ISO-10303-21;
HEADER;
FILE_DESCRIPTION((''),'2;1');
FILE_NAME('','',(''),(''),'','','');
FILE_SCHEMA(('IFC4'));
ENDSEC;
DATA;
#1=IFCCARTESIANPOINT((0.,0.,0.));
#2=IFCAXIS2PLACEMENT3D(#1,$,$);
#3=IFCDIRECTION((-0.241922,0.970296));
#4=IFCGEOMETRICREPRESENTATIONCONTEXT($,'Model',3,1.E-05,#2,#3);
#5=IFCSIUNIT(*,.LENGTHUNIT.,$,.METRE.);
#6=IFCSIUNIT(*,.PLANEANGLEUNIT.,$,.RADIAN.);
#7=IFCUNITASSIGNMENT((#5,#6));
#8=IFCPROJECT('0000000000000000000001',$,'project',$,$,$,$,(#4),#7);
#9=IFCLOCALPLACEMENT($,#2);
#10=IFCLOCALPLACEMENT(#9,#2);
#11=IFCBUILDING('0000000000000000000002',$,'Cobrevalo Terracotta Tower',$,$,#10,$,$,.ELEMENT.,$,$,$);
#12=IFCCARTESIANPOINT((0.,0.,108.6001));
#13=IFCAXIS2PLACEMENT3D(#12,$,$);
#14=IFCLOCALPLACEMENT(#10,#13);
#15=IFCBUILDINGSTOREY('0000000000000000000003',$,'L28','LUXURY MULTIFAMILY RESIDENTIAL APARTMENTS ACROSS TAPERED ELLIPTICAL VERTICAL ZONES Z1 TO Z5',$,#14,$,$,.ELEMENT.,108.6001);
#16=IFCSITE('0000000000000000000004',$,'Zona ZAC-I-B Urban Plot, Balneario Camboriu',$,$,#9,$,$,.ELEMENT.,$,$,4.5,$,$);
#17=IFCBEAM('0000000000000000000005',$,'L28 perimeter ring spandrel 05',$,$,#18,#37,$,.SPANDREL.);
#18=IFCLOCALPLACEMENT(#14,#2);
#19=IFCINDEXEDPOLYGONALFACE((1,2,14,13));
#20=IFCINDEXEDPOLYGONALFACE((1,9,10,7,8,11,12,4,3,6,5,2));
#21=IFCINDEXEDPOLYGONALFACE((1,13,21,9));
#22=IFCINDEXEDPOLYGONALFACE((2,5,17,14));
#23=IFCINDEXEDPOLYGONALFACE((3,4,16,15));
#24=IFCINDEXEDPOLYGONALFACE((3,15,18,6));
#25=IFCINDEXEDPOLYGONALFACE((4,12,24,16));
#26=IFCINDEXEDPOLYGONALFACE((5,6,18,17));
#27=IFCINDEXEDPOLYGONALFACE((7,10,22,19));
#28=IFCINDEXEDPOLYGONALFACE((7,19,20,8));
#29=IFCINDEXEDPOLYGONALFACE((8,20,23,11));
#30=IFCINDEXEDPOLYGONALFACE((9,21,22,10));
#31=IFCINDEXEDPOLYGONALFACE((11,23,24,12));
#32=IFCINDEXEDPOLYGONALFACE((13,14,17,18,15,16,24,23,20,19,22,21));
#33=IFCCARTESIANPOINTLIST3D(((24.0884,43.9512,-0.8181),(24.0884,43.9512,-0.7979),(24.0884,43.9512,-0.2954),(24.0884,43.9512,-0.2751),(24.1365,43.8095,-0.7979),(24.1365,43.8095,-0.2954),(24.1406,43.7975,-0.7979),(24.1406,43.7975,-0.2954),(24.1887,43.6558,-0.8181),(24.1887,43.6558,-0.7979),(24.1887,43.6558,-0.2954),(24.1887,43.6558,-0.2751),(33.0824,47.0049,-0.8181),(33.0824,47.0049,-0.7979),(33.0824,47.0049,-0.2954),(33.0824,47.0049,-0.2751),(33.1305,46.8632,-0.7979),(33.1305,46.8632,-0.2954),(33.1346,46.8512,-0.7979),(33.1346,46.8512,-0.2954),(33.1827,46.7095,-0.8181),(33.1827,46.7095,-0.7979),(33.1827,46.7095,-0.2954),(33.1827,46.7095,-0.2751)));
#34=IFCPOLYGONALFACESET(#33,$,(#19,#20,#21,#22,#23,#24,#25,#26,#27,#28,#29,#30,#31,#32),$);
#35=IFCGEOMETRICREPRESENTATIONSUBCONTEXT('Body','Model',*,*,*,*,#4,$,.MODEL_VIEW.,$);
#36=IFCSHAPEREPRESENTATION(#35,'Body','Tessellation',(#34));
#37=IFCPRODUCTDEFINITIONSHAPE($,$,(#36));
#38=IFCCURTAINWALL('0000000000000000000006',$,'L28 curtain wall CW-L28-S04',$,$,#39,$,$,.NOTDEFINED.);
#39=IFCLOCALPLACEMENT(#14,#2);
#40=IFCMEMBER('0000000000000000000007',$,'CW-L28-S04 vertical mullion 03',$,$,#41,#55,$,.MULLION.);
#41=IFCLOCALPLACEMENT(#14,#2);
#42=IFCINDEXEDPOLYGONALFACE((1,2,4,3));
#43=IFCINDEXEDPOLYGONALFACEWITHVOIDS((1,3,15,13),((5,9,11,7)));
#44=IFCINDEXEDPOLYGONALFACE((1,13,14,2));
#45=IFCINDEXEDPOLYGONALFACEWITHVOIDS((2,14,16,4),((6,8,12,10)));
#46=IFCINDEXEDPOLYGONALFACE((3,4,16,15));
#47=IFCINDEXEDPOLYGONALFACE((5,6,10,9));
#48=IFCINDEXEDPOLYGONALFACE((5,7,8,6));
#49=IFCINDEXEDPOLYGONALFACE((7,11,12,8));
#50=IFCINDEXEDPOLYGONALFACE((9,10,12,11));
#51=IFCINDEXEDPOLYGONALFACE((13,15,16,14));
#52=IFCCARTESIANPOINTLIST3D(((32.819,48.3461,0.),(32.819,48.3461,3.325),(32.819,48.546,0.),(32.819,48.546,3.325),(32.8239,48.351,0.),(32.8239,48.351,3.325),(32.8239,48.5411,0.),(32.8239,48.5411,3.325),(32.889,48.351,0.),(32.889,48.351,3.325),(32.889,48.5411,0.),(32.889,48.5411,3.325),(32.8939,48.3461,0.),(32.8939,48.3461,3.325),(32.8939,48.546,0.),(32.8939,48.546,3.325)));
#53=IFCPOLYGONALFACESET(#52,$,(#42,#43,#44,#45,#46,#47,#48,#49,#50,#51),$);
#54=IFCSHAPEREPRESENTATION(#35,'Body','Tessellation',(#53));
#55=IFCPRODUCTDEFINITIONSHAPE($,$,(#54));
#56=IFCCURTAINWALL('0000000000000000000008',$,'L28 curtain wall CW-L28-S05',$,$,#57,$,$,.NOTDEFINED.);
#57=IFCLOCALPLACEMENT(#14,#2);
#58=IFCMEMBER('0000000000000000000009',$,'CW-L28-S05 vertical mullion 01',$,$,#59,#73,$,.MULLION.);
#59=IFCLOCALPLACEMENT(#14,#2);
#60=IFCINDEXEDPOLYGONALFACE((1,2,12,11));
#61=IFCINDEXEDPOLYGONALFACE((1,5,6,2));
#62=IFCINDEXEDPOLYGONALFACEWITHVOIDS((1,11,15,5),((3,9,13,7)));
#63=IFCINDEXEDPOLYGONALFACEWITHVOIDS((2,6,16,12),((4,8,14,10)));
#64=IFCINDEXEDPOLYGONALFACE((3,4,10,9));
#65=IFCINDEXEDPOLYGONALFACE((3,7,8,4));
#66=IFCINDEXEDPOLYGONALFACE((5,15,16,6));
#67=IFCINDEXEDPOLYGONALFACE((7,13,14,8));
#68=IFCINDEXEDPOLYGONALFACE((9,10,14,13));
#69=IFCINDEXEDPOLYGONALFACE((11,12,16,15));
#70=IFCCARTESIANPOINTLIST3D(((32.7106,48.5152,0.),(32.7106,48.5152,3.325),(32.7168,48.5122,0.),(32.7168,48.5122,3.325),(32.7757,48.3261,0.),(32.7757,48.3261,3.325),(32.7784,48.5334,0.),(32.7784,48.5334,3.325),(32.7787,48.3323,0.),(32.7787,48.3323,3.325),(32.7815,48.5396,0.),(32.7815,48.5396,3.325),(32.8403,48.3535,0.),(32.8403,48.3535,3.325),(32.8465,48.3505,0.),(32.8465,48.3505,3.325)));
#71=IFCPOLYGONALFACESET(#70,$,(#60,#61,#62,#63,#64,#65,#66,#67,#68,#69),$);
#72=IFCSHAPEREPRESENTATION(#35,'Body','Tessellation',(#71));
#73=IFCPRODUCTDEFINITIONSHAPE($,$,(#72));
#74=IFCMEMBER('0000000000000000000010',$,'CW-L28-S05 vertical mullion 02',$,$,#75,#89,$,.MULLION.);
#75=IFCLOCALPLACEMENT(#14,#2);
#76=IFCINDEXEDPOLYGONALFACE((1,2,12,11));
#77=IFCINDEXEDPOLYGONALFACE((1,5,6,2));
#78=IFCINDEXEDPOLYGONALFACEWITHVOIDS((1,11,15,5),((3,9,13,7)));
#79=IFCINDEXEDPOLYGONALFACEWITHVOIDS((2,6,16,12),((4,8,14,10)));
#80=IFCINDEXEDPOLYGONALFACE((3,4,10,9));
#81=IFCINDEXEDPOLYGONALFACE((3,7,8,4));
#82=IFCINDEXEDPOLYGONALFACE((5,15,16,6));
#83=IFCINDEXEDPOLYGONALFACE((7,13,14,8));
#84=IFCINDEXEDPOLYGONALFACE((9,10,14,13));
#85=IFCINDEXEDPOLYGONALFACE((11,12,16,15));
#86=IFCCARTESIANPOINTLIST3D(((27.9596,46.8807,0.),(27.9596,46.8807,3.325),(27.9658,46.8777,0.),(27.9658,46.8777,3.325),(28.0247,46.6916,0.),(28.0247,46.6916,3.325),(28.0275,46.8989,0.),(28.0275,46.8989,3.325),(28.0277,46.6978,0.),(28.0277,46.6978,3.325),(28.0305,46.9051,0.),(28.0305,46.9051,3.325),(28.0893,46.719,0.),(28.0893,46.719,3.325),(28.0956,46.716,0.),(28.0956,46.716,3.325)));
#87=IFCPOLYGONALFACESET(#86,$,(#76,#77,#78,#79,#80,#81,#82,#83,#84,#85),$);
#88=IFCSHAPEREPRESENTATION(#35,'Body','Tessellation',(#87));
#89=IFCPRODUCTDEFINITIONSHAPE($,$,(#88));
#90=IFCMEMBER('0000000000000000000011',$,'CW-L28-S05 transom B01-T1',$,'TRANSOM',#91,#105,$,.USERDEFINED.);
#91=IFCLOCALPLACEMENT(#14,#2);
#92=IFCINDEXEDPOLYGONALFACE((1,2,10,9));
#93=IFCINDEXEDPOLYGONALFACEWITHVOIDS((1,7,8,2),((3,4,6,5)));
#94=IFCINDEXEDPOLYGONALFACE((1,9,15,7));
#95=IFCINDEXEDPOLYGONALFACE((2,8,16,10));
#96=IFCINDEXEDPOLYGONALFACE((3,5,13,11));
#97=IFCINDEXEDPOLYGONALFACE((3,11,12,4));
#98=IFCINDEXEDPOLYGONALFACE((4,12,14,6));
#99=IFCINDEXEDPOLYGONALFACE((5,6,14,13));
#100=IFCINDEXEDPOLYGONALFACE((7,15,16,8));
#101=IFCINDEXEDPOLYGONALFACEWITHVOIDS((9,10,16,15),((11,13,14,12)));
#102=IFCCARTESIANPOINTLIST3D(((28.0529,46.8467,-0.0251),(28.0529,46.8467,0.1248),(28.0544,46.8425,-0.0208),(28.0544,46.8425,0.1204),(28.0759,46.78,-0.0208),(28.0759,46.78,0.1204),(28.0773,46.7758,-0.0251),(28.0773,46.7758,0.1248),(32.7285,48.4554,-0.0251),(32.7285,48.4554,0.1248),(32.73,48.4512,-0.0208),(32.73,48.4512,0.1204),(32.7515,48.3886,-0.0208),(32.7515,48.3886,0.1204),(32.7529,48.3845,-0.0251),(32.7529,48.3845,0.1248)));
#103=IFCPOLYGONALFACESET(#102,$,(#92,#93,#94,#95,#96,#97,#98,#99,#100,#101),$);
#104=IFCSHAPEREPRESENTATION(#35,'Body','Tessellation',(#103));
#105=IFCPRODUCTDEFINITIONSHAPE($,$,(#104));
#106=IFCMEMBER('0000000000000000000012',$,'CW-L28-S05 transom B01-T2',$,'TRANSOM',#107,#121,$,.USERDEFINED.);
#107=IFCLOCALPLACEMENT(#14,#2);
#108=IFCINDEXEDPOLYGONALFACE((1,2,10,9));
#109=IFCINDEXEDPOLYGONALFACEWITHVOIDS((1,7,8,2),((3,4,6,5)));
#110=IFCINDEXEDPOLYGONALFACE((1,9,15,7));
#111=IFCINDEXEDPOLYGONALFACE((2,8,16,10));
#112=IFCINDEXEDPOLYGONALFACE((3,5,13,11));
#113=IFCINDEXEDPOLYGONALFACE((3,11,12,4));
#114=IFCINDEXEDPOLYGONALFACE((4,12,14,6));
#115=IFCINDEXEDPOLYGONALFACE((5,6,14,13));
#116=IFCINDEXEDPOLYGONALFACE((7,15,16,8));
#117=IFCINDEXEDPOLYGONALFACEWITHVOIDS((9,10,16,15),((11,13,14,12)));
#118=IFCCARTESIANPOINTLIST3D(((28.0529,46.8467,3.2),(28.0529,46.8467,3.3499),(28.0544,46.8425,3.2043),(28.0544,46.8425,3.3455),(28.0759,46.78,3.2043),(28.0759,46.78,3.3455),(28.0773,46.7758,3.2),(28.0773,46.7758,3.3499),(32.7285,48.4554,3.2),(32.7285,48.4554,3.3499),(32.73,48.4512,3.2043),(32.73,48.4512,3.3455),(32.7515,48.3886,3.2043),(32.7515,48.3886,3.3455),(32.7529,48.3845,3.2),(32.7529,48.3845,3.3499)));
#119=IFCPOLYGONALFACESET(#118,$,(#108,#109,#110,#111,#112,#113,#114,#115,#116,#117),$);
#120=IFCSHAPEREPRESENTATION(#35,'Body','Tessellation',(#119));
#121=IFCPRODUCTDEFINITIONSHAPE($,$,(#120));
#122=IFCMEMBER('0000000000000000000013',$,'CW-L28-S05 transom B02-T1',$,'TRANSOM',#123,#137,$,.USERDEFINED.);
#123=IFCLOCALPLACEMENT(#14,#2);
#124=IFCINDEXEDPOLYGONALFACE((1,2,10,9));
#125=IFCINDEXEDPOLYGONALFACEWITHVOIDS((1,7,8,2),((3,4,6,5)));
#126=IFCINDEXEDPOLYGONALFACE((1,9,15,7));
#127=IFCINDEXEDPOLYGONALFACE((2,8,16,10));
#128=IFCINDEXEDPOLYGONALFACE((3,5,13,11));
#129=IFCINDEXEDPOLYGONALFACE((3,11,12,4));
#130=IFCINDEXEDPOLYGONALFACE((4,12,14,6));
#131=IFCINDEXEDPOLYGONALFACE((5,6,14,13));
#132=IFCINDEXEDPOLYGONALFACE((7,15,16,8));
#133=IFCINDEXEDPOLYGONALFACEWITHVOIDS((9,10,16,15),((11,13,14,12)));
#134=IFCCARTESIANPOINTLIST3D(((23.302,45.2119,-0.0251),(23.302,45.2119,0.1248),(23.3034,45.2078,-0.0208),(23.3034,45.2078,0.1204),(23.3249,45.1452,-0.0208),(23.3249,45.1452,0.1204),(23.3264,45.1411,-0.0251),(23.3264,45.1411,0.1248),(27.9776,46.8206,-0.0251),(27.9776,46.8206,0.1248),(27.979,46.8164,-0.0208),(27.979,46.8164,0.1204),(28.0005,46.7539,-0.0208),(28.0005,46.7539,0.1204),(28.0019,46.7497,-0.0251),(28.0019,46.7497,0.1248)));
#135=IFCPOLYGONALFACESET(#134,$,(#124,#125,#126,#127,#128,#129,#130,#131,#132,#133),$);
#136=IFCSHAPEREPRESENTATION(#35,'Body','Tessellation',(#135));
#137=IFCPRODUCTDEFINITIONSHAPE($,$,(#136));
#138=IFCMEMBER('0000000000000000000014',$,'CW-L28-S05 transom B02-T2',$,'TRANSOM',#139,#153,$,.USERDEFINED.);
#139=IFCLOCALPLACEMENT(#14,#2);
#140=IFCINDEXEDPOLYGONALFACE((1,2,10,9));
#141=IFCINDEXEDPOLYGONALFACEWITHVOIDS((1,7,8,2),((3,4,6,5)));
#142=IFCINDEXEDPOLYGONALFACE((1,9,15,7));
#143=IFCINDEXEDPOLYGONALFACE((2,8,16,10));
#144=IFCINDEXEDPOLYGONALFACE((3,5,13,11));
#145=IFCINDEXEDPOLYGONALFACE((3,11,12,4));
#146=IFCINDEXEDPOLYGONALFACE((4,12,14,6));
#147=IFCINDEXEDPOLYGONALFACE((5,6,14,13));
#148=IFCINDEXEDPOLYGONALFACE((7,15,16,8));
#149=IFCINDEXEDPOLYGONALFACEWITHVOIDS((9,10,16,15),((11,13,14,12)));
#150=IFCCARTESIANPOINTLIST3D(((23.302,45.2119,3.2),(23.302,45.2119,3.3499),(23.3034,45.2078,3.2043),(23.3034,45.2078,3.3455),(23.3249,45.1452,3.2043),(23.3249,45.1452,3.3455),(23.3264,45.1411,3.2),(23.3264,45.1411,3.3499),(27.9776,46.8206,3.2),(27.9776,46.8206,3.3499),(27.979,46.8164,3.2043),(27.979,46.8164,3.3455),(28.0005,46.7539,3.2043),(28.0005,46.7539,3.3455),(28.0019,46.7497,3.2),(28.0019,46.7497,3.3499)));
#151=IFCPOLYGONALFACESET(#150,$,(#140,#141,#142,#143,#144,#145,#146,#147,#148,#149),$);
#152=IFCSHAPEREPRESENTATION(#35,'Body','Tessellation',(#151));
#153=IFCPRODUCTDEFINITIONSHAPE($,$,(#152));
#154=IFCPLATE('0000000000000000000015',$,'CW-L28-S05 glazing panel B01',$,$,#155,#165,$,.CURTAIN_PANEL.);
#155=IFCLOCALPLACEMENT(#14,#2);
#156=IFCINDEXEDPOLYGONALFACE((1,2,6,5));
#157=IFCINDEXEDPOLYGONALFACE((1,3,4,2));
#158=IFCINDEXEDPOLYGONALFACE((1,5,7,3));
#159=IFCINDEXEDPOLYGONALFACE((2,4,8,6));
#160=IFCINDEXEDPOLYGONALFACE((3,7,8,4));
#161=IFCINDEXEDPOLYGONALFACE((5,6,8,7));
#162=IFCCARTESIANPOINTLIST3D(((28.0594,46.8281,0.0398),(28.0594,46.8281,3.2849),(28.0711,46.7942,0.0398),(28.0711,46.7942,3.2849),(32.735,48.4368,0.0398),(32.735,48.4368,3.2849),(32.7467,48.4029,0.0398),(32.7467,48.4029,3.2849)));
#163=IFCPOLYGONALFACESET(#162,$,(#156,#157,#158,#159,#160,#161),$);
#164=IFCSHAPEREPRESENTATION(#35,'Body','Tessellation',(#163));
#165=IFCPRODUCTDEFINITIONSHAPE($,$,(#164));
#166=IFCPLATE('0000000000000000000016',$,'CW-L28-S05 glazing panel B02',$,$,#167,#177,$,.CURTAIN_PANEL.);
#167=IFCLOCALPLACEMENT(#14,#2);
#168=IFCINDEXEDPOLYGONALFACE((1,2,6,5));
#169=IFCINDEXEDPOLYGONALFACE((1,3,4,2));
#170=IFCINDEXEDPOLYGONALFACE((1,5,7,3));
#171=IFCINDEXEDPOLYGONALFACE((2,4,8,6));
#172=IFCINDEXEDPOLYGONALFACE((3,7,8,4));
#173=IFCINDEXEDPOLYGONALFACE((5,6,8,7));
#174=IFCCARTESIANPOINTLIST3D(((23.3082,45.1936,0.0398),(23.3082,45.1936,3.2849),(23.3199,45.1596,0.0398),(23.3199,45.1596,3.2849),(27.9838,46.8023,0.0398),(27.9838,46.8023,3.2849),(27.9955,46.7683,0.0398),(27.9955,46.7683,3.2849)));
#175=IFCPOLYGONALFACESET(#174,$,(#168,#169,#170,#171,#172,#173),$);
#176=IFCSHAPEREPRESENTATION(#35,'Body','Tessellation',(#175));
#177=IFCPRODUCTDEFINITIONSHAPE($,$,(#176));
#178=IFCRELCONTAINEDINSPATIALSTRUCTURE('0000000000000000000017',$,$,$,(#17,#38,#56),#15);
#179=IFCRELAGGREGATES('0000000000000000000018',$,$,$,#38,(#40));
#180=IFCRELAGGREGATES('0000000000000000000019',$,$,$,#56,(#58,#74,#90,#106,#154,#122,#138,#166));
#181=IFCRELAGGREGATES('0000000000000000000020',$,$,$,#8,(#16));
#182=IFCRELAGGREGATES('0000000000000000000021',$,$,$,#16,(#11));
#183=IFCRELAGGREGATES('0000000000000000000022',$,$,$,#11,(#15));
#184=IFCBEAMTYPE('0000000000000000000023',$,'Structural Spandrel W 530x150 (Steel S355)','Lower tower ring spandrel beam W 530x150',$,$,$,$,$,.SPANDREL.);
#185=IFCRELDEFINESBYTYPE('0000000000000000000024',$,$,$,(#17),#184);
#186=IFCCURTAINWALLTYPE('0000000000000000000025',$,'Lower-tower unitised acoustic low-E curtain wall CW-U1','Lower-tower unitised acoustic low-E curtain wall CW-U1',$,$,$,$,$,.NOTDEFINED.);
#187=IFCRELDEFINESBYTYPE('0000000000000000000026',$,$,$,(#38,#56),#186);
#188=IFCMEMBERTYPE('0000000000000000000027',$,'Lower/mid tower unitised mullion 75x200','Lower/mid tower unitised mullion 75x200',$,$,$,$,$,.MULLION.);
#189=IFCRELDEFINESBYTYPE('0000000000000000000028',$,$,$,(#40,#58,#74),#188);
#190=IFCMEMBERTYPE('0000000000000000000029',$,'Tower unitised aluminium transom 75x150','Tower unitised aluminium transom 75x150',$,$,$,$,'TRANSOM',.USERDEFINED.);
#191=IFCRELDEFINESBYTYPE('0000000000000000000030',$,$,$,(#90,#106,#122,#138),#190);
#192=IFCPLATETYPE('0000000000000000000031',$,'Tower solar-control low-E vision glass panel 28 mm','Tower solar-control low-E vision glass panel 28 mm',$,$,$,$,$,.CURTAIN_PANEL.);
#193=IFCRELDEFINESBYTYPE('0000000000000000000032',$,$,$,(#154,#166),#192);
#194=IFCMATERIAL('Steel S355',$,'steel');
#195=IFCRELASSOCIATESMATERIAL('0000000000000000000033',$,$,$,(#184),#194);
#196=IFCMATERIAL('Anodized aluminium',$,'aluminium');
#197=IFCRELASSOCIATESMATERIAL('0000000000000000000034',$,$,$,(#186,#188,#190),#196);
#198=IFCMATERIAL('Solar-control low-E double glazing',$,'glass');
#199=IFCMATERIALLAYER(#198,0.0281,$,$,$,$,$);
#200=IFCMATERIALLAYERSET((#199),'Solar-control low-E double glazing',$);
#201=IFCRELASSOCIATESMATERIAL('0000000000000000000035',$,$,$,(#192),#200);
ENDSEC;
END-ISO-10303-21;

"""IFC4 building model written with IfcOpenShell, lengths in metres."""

from ifc_helpers import new_model, si_unit, direction, frame, origin, origin_2d, place, context, subcontext, project, spatial, rectangle, hollow_rectangle, i_section, extrude, source, transform, mapped, material, layer, layer_set, material_profile, profile_set, type_object, element, aggregate, save


model = new_model("IFC4")

# Units and contexts
model_context = context("Model", 3, precision=1e-05, world=origin(), true_north=direction((-0.241922, 0.970296)))
body_context = subcontext(model_context, "Body", "Model", "MODEL_VIEW")
ifc_project = project(units=[si_unit("LENGTHUNIT", "METRE"), si_unit("PLANEANGLEUNIT", "RADIAN")], contexts=[model_context])

# Site, building, storey
site_placement = place(None, origin())
site = spatial("IfcSite", under=ifc_project, at=site_placement, Name="Zona ZAC-I-B Urban Plot, Balneario Camboriu", CompositionType="ELEMENT", RefElevation=4.5)
building_placement = place(site_placement, origin())
building = spatial("IfcBuilding", under=site, at=building_placement, Name="Cobrevalo Terracotta Tower", CompositionType="ELEMENT")
storey_placement = place(building_placement, frame((0.0, 0.0, 108.6001)))
storey = spatial("IfcBuildingStorey", under=building, at=storey_placement, Name="L28", Description="LUXURY MULTIFAMILY RESIDENTIAL APARTMENTS ACROSS TAPERED ELLIPTICAL VERTICAL ZONES Z1 TO Z5", CompositionType="ELEMENT", Elevation=108.6001)

# Shared definitions
ifc_material_1 = material(Name="Steel S355", Category="steel")

# Beam
ifc_material_profile_1 = material_profile(ifc_material_1, i_section(OverallWidth=0.312, OverallDepth=0.543, WebThickness=0.0127, FlangeThickness=0.0203, at=origin_2d()), Name="W 530x150")
ifc_profile_set_1 = profile_set([ifc_material_profile_1], Name="Steel S355")
beam_type_1 = type_object("IfcBeamType", Name="Structural Spandrel W 530x150 (Steel S355)", Description="Lower tower ring spandrel beam W 530x150", PredefinedType="SPANDREL", material=ifc_profile_set_1)
beam_1_placement = place(storey_placement, frame((33.1326, 46.8572, -0.5466), z_axis=(-0.946911, -0.321497, 0.0), x_axis=(0.321497, -0.946911, 0.0)))
element("IfcBeam", 1, at=beam_1_placement, inside=storey, type_object=beam_type_1, Name="L28 perimeter ring spandrel 05", PredefinedType="SPANDREL", context=body_context, shape_type="SweptSolid", body=[
    extrude(i_section(OverallWidth=0.312, OverallDepth=0.543, WebThickness=0.0127, FlangeThickness=0.0203, at=origin_2d()), origin(), (0.0, 0.0, 1.0), 9.4983),
])

# Curtain wall, member
ifc_material_2 = material(Name="Anodized aluminium", Category="aluminium")
curtain_wall_type = type_object("IfcCurtainWallType", Name="Lower-tower unitised acoustic low-E curtain wall CW-U1", Description="Lower-tower unitised acoustic low-E curtain wall CW-U1", PredefinedType="NOTDEFINED", material=ifc_material_2)
curtain_wall_1_placement = place(storey_placement, origin())
curtain_wall_1 = element("IfcCurtainWall", 2, at=curtain_wall_1_placement, inside=storey, type_object=curtain_wall_type, Name="L28 curtain wall CW-L28-S04", PredefinedType="NOTDEFINED")
ifc_material_profile_2 = material_profile(ifc_material_2, hollow_rectangle(XDim=0.075, YDim=0.2, WallThickness=0.0049, at=origin_2d()), Name="CWM 75x200")
ifc_profile_set_2 = profile_set([ifc_material_profile_2], Name="Anodized aluminium")
member_type_1 = type_object("IfcMemberType", Name="Lower/mid tower unitised mullion 75x200", Description="Lower/mid tower unitised mullion 75x200", PredefinedType="MULLION", material=ifc_profile_set_2)
shared_shape_1 = source(origin(), body_context, "Body", "SweptSolid", [
    extrude(hollow_rectangle(XDim=0.075, YDim=0.2, WallThickness=0.0049, at=origin_2d()), origin(), (0.0, 0.0, 1.0), 3.325),
])
member_1_placement = place(storey_placement, frame((32.8564, 48.446, 0.0), z_axis=(0.0, 0.0, 1.0), x_axis=(-1.0, 0.0, 0.0)))
member_1 = element("IfcMember", 3, at=member_1_placement, type_object=member_type_1, Name="CW-L28-S04 vertical mullion 03", PredefinedType="MULLION", context=body_context, shape_type="MappedRepresentation", body=[
    mapped(shared_shape_1, transform((0.0, 0.0, 0.0), scale=1.0)),
])
aggregate(curtain_wall_1, [member_1])

# Curtain wall, members, plates
curtain_wall_2_placement = place(storey_placement, origin())
curtain_wall_2 = element("IfcCurtainWall", 4, at=curtain_wall_2_placement, inside=storey, type_object=curtain_wall_type, Name="L28 curtain wall CW-L28-S05", PredefinedType="NOTDEFINED")
member_2_placement = place(storey_placement, frame((32.7786, 48.4329, 0.0), z_axis=(0.0, 0.0, 1.0), x_axis=(-0.945598, -0.325337, 0.0)))
member_2 = element("IfcMember", 5, at=member_2_placement, type_object=member_type_1, Name="CW-L28-S05 vertical mullion 01", PredefinedType="MULLION", context=body_context, shape_type="MappedRepresentation", body=[
    mapped(shared_shape_1, transform((0.0, 0.0, 0.0), scale=1.0)),
])
member_3_placement = place(storey_placement, frame((28.0276, 46.7983, 0.0), z_axis=(0.0, 0.0, 1.0), x_axis=(-0.945598, -0.325337, 0.0)))
member_3 = element("IfcMember", 6, at=member_3_placement, type_object=member_type_1, Name="CW-L28-S05 vertical mullion 02", PredefinedType="MULLION", context=body_context, shape_type="MappedRepresentation", body=[
    mapped(shared_shape_1, transform((0.0, 0.0, 0.0), scale=1.0)),
])
ifc_material_profile_3 = material_profile(ifc_material_2, hollow_rectangle(XDim=0.075, YDim=0.1499, WallThickness=0.0044, at=origin_2d()), Name="CWT 75x150")
ifc_profile_set_3 = profile_set([ifc_material_profile_3], Name="Anodized aluminium")
member_type_2 = type_object("IfcMemberType", Name="Tower unitised aluminium transom 75x150", Description="Tower unitised aluminium transom 75x150", ElementType="TRANSOM", PredefinedType="USERDEFINED", material=ifc_profile_set_3)
shared_shape_2 = source(origin(), body_context, "Body", "SweptSolid", [
    extrude(hollow_rectangle(XDim=0.075, YDim=0.1499, WallThickness=0.0044, at=origin_2d()), origin(), (0.0, 0.0, 1.0), 4.9446),
])
member_4_placement = place(storey_placement, frame((32.7407, 48.4199, 0.0498), z_axis=(-0.945598, -0.325338, 0.0), x_axis=(0.325338, -0.945598, 0.0)))
member_4 = element("IfcMember", 7, at=member_4_placement, type_object=member_type_2, Name="CW-L28-S05 transom B01-T1", ObjectType="TRANSOM", PredefinedType="USERDEFINED", context=body_context, shape_type="MappedRepresentation", body=[
    mapped(shared_shape_2, transform((0.0, 0.0, 0.0), scale=1.0)),
])
member_5_placement = place(storey_placement, frame((32.7407, 48.4199, 3.2749), z_axis=(-0.945598, -0.325338, 0.0), x_axis=(0.325338, -0.945598, 0.0)))
member_5 = element("IfcMember", 8, at=member_5_placement, type_object=member_type_2, Name="CW-L28-S05 transom B01-T2", ObjectType="TRANSOM", PredefinedType="USERDEFINED", context=body_context, shape_type="MappedRepresentation", body=[
    mapped(shared_shape_2, transform((0.0, 0.0, 0.0), scale=1.0)),
])
member_6_placement = place(storey_placement, frame((27.9897, 46.7852, 0.0498), z_axis=(-0.945598, -0.325338, 0.0), x_axis=(0.325338, -0.945598, 0.0)))
member_6 = element("IfcMember", 9, at=member_6_placement, type_object=member_type_2, Name="CW-L28-S05 transom B02-T1", ObjectType="TRANSOM", PredefinedType="USERDEFINED", context=body_context, shape_type="MappedRepresentation", body=[
    mapped(shared_shape_2, transform((0.0, 0.0, 0.0), scale=1.0)),
])
member_7_placement = place(storey_placement, frame((27.9897, 46.7852, 3.2749), z_axis=(-0.945598, -0.325338, 0.0), x_axis=(0.325338, -0.945598, 0.0)))
member_7 = element("IfcMember", 10, at=member_7_placement, type_object=member_type_2, Name="CW-L28-S05 transom B02-T2", ObjectType="TRANSOM", PredefinedType="USERDEFINED", context=body_context, shape_type="MappedRepresentation", body=[
    mapped(shared_shape_2, transform((0.0, 0.0, 0.0), scale=1.0)),
])
ifc_material_3 = material(Name="Solar-control low-E double glazing", Category="glass")
ifc_layer_1 = layer(ifc_material_3, 0.0281)
ifc_layer_set_1 = layer_set([ifc_layer_1], Name="Solar-control low-E double glazing")
plate_type = type_object("IfcPlateType", Name="Tower solar-control low-E vision glass panel 28 mm", Description="Tower solar-control low-E vision glass panel 28 mm", PredefinedType="CURTAIN_PANEL", material=ifc_layer_set_1)
shared_shape_3 = source(origin(), body_context, "Body", "SweptSolid", [
    extrude(rectangle(XDim=4.9446, YDim=0.0359, at=origin_2d()), origin(), (0.0, 0.0, 1.0), 3.2451),
])
plate_1_placement = place(storey_placement, frame((30.4031, 47.6155, 0.0398), z_axis=(0.0, 0.0, 1.0), x_axis=(-0.945596, -0.325342, 0.0)))
plate_1 = element("IfcPlate", 11, at=plate_1_placement, type_object=plate_type, Name="CW-L28-S05 glazing panel B01", PredefinedType="CURTAIN_PANEL", context=body_context, shape_type="MappedRepresentation", body=[
    mapped(shared_shape_3, transform((0.0, 0.0, 0.0), scale=1.0)),
])
plate_2_placement = place(storey_placement, frame((25.6519, 45.981, 0.0398), z_axis=(0.0, 0.0, 1.0), x_axis=(-0.945596, -0.325342, 0.0)))
plate_2 = element("IfcPlate", 12, at=plate_2_placement, type_object=plate_type, Name="CW-L28-S05 glazing panel B02", PredefinedType="CURTAIN_PANEL", context=body_context, shape_type="MappedRepresentation", body=[
    mapped(shared_shape_3, transform((0.0, 0.0, 0.0), scale=1.0)),
])
aggregate(curtain_wall_2, [member_2, member_3, member_4, member_5, plate_1, member_6, member_7, plate_2])

save(model, "model.ifc")
